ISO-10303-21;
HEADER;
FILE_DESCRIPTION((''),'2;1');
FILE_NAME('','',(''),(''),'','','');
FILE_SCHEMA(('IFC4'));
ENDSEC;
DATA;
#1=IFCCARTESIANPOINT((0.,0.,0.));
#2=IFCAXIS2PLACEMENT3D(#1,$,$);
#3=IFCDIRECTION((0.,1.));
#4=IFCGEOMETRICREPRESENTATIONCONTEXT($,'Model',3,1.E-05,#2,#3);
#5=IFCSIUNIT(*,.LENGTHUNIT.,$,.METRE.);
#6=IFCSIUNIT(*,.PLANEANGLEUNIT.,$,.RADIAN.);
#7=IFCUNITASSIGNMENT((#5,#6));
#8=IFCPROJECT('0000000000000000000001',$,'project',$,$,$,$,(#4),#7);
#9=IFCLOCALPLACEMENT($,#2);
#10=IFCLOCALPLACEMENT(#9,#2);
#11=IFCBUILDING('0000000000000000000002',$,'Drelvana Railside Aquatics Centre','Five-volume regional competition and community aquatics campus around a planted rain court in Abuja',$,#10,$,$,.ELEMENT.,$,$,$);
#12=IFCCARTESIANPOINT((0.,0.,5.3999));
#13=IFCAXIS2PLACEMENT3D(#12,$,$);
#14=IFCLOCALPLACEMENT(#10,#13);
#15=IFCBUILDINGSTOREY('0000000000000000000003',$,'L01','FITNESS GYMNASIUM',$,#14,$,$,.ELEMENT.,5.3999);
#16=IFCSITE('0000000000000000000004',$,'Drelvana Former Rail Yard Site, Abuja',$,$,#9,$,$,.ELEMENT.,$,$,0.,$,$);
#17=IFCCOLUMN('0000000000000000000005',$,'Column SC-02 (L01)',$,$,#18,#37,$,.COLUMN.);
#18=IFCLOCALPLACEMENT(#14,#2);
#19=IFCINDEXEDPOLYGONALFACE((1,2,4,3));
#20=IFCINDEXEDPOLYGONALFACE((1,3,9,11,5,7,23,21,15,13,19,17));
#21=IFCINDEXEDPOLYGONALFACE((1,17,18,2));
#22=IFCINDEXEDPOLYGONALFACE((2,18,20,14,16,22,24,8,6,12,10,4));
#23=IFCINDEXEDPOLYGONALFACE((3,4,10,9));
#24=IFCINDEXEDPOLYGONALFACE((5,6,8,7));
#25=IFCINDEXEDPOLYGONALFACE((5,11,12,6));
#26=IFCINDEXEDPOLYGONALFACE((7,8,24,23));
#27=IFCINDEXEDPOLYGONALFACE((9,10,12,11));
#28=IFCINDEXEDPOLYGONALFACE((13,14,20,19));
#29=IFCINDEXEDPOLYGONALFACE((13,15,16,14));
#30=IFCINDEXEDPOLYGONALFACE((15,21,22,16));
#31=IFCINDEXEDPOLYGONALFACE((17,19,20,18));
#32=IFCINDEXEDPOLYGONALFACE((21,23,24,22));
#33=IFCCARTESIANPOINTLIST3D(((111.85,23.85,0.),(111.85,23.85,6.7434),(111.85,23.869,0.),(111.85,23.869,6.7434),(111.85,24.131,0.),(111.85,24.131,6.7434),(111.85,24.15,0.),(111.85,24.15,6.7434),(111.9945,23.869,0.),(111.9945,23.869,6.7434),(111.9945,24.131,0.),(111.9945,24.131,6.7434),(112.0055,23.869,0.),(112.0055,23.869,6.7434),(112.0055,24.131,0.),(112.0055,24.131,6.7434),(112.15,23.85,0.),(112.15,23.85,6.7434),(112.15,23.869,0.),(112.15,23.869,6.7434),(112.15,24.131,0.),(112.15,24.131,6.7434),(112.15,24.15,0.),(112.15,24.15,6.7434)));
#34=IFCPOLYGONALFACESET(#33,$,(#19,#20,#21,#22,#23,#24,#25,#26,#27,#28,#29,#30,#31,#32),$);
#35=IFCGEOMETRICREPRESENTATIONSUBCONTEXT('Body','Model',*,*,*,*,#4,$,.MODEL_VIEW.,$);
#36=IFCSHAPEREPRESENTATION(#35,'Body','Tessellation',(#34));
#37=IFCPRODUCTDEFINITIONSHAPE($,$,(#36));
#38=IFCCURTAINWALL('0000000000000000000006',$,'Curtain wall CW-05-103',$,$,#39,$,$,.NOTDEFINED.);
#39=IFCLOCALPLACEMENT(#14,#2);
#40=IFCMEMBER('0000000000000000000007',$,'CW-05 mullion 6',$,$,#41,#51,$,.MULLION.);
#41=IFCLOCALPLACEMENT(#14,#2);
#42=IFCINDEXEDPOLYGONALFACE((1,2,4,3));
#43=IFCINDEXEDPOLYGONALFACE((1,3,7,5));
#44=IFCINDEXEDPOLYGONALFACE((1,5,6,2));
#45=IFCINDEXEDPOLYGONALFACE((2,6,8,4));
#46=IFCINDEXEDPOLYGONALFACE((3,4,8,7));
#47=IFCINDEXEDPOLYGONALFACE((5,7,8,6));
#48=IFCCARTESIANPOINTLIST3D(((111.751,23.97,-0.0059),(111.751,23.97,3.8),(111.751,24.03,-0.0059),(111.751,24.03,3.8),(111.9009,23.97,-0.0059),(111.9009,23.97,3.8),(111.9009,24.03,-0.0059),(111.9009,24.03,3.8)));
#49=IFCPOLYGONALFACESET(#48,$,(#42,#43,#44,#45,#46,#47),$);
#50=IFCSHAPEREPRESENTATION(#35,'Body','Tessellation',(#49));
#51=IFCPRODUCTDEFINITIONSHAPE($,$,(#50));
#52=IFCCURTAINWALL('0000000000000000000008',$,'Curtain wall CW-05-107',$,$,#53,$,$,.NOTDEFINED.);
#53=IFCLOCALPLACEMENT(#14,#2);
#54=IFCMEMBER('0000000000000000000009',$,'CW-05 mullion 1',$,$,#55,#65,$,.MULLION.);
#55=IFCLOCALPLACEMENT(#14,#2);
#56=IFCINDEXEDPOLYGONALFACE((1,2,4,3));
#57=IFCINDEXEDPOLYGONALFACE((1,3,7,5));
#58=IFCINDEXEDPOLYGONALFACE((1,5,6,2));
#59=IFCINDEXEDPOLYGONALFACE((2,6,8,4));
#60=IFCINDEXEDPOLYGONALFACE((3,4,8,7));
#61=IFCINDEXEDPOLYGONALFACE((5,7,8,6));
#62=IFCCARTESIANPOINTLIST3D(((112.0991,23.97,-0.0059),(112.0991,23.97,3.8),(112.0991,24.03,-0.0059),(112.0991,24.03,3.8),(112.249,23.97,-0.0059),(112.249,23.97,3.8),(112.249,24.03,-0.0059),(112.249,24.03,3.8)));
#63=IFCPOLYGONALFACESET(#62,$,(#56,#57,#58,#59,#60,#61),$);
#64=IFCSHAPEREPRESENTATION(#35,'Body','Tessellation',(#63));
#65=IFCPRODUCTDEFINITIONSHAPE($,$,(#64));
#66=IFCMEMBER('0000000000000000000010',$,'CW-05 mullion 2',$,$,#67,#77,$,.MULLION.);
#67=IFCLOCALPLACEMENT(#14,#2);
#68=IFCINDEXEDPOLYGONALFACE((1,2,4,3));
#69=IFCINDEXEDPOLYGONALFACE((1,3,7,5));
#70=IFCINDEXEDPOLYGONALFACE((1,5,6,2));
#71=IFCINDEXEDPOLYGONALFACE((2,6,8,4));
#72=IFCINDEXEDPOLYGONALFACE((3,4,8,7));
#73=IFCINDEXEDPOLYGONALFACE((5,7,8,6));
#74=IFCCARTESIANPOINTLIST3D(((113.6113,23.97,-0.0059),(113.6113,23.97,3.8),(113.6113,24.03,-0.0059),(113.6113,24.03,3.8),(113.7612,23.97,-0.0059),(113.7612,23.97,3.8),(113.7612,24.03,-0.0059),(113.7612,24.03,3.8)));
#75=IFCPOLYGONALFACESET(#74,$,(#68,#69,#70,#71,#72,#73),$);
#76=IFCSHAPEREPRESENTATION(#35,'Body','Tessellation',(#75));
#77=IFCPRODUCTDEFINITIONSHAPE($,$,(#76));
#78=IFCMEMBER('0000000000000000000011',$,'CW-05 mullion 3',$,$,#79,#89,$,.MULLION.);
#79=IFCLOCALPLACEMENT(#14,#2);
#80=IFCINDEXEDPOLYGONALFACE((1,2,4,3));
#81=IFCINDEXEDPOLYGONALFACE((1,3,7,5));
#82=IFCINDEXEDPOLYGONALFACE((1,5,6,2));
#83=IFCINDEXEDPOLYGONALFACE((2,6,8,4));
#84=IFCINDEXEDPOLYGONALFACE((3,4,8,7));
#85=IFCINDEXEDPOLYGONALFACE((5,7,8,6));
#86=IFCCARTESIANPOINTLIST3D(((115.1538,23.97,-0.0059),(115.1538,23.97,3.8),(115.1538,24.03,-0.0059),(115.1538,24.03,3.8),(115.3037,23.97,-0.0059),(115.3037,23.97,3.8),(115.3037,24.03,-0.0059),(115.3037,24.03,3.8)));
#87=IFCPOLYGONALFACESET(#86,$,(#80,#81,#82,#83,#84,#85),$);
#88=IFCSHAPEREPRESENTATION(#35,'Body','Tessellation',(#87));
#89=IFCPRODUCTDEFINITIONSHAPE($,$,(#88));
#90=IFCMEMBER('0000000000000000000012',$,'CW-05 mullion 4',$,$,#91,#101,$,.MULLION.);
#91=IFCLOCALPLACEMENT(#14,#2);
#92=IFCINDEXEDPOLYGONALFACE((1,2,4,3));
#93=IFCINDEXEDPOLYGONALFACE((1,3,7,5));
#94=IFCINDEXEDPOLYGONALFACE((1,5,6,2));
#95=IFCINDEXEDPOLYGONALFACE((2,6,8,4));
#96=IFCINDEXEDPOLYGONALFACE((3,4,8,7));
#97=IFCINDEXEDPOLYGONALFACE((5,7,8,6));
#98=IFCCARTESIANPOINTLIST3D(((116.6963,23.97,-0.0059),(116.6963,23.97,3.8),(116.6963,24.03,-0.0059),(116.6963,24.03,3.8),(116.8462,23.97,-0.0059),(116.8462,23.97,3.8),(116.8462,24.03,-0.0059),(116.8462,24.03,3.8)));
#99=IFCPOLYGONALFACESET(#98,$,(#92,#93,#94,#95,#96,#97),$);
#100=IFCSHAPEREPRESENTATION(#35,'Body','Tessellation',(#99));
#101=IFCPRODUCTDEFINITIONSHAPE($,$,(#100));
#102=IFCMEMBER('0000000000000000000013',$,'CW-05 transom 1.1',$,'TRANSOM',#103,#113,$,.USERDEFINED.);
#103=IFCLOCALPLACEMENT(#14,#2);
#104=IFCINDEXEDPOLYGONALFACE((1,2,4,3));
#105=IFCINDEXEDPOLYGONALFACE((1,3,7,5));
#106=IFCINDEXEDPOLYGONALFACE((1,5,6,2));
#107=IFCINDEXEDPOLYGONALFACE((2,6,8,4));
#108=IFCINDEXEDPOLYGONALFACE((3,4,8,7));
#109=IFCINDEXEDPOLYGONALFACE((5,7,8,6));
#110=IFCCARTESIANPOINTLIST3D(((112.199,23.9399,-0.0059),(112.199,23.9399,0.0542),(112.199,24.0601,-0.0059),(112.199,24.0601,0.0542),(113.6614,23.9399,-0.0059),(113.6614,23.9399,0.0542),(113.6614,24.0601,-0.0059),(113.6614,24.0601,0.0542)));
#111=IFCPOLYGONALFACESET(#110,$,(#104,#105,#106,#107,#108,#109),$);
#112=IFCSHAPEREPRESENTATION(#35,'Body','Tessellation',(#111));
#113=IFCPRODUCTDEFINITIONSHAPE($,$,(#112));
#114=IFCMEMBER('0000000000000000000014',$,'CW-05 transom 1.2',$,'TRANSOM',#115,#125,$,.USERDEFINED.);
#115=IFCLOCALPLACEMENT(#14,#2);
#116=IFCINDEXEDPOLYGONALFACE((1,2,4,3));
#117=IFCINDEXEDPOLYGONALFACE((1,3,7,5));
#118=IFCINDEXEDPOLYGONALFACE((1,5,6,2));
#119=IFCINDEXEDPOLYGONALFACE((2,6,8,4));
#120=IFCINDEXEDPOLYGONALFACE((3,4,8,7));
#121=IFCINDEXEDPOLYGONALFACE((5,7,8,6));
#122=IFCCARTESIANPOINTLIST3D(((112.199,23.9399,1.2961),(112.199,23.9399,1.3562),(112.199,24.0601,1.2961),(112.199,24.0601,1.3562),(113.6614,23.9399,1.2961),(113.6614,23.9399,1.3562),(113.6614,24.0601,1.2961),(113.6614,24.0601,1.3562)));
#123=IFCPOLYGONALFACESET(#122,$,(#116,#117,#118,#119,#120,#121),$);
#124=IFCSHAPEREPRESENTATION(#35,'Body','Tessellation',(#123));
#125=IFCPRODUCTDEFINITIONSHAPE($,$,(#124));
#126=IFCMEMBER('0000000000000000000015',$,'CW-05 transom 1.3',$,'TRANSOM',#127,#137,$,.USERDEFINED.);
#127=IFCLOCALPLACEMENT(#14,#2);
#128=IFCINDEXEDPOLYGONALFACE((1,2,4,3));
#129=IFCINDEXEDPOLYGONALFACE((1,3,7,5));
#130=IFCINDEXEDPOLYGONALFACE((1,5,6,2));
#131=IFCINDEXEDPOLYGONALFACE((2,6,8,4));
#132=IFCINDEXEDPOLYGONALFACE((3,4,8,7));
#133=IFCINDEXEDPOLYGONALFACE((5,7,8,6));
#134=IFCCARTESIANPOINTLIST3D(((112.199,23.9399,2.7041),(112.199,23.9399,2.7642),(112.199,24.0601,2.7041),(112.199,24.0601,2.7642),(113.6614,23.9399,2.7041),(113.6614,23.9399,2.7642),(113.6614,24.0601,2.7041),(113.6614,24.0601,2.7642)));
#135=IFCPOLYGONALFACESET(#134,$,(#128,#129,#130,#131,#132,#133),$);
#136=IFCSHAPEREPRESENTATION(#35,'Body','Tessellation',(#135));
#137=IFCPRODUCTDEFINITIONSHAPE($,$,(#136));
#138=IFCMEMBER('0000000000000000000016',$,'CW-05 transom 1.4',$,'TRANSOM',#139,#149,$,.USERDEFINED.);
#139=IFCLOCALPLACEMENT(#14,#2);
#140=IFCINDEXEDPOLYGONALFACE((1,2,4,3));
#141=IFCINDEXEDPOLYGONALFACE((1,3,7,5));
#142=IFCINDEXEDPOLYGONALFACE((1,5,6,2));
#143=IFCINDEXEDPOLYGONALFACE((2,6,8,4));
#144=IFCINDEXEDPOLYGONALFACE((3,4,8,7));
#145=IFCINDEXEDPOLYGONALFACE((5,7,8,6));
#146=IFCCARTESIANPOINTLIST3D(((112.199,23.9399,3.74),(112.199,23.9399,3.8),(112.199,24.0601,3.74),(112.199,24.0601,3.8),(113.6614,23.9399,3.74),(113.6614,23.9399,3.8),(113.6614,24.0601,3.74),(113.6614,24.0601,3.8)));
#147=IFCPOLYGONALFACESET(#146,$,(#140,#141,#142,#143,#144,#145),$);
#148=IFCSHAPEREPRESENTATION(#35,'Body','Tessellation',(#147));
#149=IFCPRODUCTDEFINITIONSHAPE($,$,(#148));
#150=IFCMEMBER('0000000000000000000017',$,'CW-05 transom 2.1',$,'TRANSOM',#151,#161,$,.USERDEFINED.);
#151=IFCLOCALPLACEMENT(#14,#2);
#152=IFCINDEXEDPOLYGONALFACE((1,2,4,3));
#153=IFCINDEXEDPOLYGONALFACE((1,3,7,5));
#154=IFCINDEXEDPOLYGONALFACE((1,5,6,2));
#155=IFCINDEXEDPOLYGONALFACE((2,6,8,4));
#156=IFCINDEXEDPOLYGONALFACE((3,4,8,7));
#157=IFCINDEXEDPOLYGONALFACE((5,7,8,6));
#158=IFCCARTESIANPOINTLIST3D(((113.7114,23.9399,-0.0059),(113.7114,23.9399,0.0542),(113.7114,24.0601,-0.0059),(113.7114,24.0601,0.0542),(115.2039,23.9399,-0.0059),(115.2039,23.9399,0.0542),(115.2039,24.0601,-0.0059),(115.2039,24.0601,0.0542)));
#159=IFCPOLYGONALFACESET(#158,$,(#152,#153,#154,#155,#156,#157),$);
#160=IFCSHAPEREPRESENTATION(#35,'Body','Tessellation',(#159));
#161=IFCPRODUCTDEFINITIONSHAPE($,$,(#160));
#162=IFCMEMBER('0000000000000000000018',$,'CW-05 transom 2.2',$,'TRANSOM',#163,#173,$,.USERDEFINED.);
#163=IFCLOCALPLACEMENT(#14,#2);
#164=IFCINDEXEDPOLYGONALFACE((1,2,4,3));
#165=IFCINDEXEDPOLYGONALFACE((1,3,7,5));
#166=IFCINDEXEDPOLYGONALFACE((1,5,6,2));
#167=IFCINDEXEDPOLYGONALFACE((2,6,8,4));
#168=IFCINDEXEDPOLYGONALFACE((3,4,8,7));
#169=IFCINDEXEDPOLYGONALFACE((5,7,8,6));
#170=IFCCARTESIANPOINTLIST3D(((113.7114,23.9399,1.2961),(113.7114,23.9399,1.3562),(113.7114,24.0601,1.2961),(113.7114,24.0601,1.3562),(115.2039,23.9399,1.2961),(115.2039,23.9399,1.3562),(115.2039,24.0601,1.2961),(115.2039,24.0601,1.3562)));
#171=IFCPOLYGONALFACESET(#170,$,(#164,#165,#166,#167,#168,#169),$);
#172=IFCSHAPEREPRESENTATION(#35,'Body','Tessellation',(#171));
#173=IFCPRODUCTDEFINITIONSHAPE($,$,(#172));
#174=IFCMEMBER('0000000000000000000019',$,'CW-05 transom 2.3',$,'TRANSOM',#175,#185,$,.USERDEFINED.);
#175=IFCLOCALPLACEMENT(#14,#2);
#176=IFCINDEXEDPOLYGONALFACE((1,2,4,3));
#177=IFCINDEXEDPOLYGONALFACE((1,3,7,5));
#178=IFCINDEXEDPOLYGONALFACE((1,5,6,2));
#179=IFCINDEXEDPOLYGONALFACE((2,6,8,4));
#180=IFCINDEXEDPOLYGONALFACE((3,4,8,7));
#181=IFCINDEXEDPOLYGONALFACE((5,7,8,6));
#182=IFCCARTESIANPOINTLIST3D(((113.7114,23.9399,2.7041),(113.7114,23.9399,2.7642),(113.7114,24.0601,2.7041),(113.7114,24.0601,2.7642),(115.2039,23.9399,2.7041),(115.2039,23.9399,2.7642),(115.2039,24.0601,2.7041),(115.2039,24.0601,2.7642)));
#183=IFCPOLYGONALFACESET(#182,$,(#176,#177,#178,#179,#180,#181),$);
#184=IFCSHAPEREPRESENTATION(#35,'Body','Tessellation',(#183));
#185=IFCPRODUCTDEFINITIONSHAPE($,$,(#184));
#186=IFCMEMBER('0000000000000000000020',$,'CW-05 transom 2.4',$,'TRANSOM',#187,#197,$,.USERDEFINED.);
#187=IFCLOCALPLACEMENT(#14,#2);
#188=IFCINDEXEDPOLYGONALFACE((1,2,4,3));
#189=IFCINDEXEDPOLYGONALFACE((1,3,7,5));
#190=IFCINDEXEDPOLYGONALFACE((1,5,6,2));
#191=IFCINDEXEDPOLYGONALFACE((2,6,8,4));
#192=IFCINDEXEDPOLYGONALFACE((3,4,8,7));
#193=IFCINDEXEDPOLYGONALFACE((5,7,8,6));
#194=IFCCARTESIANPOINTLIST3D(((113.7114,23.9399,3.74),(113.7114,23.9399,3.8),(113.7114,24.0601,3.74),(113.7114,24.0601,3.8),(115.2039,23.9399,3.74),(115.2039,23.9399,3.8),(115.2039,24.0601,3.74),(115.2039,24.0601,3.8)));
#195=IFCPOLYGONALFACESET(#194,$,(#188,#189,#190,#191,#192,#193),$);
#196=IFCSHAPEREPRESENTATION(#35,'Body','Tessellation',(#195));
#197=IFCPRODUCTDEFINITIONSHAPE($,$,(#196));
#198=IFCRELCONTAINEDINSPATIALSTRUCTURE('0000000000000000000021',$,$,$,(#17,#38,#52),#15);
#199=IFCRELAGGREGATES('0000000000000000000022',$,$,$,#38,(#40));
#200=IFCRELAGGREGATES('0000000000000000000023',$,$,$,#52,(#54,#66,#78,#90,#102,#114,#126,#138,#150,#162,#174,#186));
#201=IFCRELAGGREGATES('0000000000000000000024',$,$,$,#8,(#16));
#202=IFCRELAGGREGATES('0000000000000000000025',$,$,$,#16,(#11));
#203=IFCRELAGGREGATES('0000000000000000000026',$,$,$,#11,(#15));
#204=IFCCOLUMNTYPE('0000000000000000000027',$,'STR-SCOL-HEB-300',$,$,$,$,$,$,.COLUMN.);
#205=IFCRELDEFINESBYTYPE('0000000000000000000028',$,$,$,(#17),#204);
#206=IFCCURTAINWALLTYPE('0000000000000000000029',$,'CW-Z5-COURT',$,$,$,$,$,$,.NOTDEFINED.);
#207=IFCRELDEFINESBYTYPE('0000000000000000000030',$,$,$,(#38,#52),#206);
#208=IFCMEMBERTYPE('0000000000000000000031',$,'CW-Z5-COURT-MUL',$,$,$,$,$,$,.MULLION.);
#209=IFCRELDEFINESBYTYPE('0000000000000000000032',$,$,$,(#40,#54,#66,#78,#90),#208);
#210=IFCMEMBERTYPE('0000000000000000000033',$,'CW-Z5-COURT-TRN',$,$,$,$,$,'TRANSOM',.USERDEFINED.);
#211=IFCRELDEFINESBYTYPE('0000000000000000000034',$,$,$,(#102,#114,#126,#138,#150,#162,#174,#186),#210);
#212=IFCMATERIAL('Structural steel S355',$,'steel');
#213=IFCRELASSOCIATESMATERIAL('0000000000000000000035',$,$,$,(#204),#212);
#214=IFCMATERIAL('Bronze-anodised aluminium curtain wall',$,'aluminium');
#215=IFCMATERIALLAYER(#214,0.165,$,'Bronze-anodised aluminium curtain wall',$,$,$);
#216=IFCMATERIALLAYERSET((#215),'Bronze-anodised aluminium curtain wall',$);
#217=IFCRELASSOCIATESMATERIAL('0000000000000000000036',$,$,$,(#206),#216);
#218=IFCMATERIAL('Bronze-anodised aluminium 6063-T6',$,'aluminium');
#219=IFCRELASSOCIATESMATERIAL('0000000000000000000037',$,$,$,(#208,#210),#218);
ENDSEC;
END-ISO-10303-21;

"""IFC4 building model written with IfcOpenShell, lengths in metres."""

from ifc_helpers import new_model, si_unit, direction, frame, origin, origin_2d, place, context, subcontext, project, spatial, rectangle, i_section, extrude, material, layer, layer_set, material_profile, profile_set, type_object, element, aggregate, save


model = new_model("IFC4")

# Units and contexts
model_context = context("Model", 3, precision=1e-05, world=origin(), true_north=direction((0.0, 1.0)))
body_context = subcontext(model_context, "Body", "Model", "MODEL_VIEW")
ifc_project = project(units=[si_unit("LENGTHUNIT", "METRE"), si_unit("PLANEANGLEUNIT", "RADIAN")], contexts=[model_context])

# Site, building, storey
site_placement = place(None, origin())
site = spatial("IfcSite", under=ifc_project, at=site_placement, Name="Drelvana Former Rail Yard Site, Abuja", CompositionType="ELEMENT", RefElevation=0.0)
building_placement = place(site_placement, origin())
building = spatial("IfcBuilding", under=site, at=building_placement, Name="Drelvana Railside Aquatics Centre", Description="Five-volume regional competition and community aquatics campus around a planted rain court in Abuja", CompositionType="ELEMENT")
storey_placement = place(building_placement, frame((0.0, 0.0, 5.3999)))
storey = spatial("IfcBuildingStorey", under=building, at=storey_placement, Name="L01", Description="FITNESS GYMNASIUM", CompositionType="ELEMENT", Elevation=5.3999)

# Column
ifc_material_1 = material(Name="Structural steel S355", Category="steel")
ifc_material_profile_1 = material_profile(ifc_material_1, i_section(OverallWidth=0.3, OverallDepth=0.3, WebThickness=0.011, FlangeThickness=0.019, at=origin_2d()), Name="HEB 300")
ifc_profile_set_1 = profile_set([ifc_material_profile_1], Name="Structural steel S355")
column_type = type_object("IfcColumnType", Name="STR-SCOL-HEB-300", PredefinedType="COLUMN", material=ifc_profile_set_1)
column_placement = place(storey_placement, frame((112.0, 24.0, 0.0), z_axis=(0.0, 0.0, 1.0), x_axis=(1.0, 0.0, 0.0)))
element("IfcColumn", 1, at=column_placement, inside=storey, type_object=column_type, Name="Column SC-02 (L01)", PredefinedType="COLUMN", context=body_context, shape_type="SweptSolid", body=[
    extrude(i_section(OverallWidth=0.3, OverallDepth=0.3, WebThickness=0.011, FlangeThickness=0.019, at=origin_2d()), origin(), (0.0, 0.0, 1.0), 6.7434),
])

# Curtain wall, member
ifc_material_2 = material(Name="Bronze-anodised aluminium curtain wall", Category="aluminium")
ifc_layer_1 = layer(ifc_material_2, 0.165, Name="Bronze-anodised aluminium curtain wall")
ifc_layer_set_1 = layer_set([ifc_layer_1], Name="Bronze-anodised aluminium curtain wall")
curtain_wall_type = type_object("IfcCurtainWallType", Name="CW-Z5-COURT", PredefinedType="NOTDEFINED", material=ifc_layer_set_1)
curtain_wall_1_placement = place(storey_placement, origin())
curtain_wall_1 = element("IfcCurtainWall", 2, at=curtain_wall_1_placement, inside=storey, type_object=curtain_wall_type, Name="Curtain wall CW-05-103", PredefinedType="NOTDEFINED")
ifc_material_3 = material(Name="Bronze-anodised aluminium 6063-T6", Category="aluminium")
ifc_material_profile_2 = material_profile(ifc_material_3, rectangle(XDim=0.0601, YDim=0.1499, at=origin_2d()), Name="ALU-M 60x150")
ifc_profile_set_2 = profile_set([ifc_material_profile_2], Name="Bronze-anodised aluminium 6063-T6")
member_type_1 = type_object("IfcMemberType", Name="CW-Z5-COURT-MUL", PredefinedType="MULLION", material=ifc_profile_set_2)
member_1_placement = place(storey_placement, frame((111.8259, 24.0, -0.0059), z_axis=(0.0, 0.0, 1.0), x_axis=(0.0, 1.0, 0.0)))
member_1 = element("IfcMember", 3, at=member_1_placement, type_object=member_type_1, Name="CW-05 mullion 6", PredefinedType="MULLION", context=body_context, shape_type="SweptSolid", body=[
    extrude(rectangle(XDim=0.0601, YDim=0.1499, at=origin_2d()), origin(), (0.0, 0.0, 1.0), 3.8059),
])

# Curtain wall, members
curtain_wall_2_placement = place(storey_placement, origin())
curtain_wall_2 = element("IfcCurtainWall", 4, at=curtain_wall_2_placement, inside=storey, type_object=curtain_wall_type, Name="Curtain wall CW-05-107", PredefinedType="NOTDEFINED")
member_2_placement = place(storey_placement, frame((112.1741, 24.0, -0.0059), z_axis=(0.0, 0.0, 1.0), x_axis=(0.0, 1.0, 0.0)))
member_2 = element("IfcMember", 5, at=member_2_placement, type_object=member_type_1, Name="CW-05 mullion 1", PredefinedType="MULLION", context=body_context, shape_type="SweptSolid", body=[
    extrude(rectangle(XDim=0.0601, YDim=0.1499, at=origin_2d()), origin(), (0.0, 0.0, 1.0), 3.8059),
])
member_3_placement = place(storey_placement, frame((113.6863, 24.0, -0.0059), z_axis=(0.0, 0.0, 1.0), x_axis=(0.0, 1.0, 0.0)))
member_3 = element("IfcMember", 6, at=member_3_placement, type_object=member_type_1, Name="CW-05 mullion 2", PredefinedType="MULLION", context=body_context, shape_type="SweptSolid", body=[
    extrude(rectangle(XDim=0.0601, YDim=0.1499, at=origin_2d()), origin(), (0.0, 0.0, 1.0), 3.8059),
])
member_4_placement = place(storey_placement, frame((115.2288, 24.0, -0.0059), z_axis=(0.0, 0.0, 1.0), x_axis=(0.0, 1.0, 0.0)))
member_4 = element("IfcMember", 7, at=member_4_placement, type_object=member_type_1, Name="CW-05 mullion 3", PredefinedType="MULLION", context=body_context, shape_type="SweptSolid", body=[
    extrude(rectangle(XDim=0.0601, YDim=0.1499, at=origin_2d()), origin(), (0.0, 0.0, 1.0), 3.8059),
])
member_5_placement = place(storey_placement, frame((116.7712, 24.0, -0.0059), z_axis=(0.0, 0.0, 1.0), x_axis=(0.0, 1.0, 0.0)))
member_5 = element("IfcMember", 8, at=member_5_placement, type_object=member_type_1, Name="CW-05 mullion 4", PredefinedType="MULLION", context=body_context, shape_type="SweptSolid", body=[
    extrude(rectangle(XDim=0.0601, YDim=0.1499, at=origin_2d()), origin(), (0.0, 0.0, 1.0), 3.8059),
])
ifc_material_profile_3 = material_profile(ifc_material_3, rectangle(XDim=0.1201, YDim=0.0601, at=origin_2d()), Name="ALU-T 60x120")
ifc_profile_set_3 = profile_set([ifc_material_profile_3], Name="Bronze-anodised aluminium 6063-T6")
member_type_2 = type_object("IfcMemberType", Name="CW-Z5-COURT-TRN", ElementType="TRANSOM", PredefinedType="USERDEFINED", material=ifc_profile_set_3)
member_6_placement = place(storey_placement, frame((112.199, 24.0, 0.0242), z_axis=(1.0, 0.0, 0.0), x_axis=(0.0, 1.0, 0.0)))
member_6 = element("IfcMember", 9, at=member_6_placement, type_object=member_type_2, Name="CW-05 transom 1.1", ObjectType="TRANSOM", PredefinedType="USERDEFINED", context=body_context, shape_type="SweptSolid", body=[
    extrude(rectangle(XDim=0.1201, YDim=0.0601, at=origin_2d()), origin(), (0.0, 0.0, 1.0), 1.4624),
])
member_7_placement = place(storey_placement, frame((112.199, 24.0, 1.3262), z_axis=(1.0, 0.0, 0.0), x_axis=(0.0, 1.0, 0.0)))
member_7 = element("IfcMember", 10, at=member_7_placement, type_object=member_type_2, Name="CW-05 transom 1.2", ObjectType="TRANSOM", PredefinedType="USERDEFINED", context=body_context, shape_type="SweptSolid", body=[
    extrude(rectangle(XDim=0.1201, YDim=0.0601, at=origin_2d()), origin(), (0.0, 0.0, 1.0), 1.4624),
])
member_8_placement = place(storey_placement, frame((112.199, 24.0, 2.7341), z_axis=(1.0, 0.0, 0.0), x_axis=(0.0, 1.0, 0.0)))
member_8 = element("IfcMember", 11, at=member_8_placement, type_object=member_type_2, Name="CW-05 transom 1.3", ObjectType="TRANSOM", PredefinedType="USERDEFINED", context=body_context, shape_type="SweptSolid", body=[
    extrude(rectangle(XDim=0.1201, YDim=0.0601, at=origin_2d()), origin(), (0.0, 0.0, 1.0), 1.4624),
])
member_9_placement = place(storey_placement, frame((112.199, 24.0, 3.77), z_axis=(1.0, 0.0, 0.0), x_axis=(0.0, 1.0, 0.0)))
member_9 = element("IfcMember", 12, at=member_9_placement, type_object=member_type_2, Name="CW-05 transom 1.4", ObjectType="TRANSOM", PredefinedType="USERDEFINED", context=body_context, shape_type="SweptSolid", body=[
    extrude(rectangle(XDim=0.1201, YDim=0.0601, at=origin_2d()), origin(), (0.0, 0.0, 1.0), 1.4624),
])
member_10_placement = place(storey_placement, frame((113.7114, 24.0, 0.0242), z_axis=(1.0, 0.0, 0.0), x_axis=(0.0, 1.0, 0.0)))
member_10 = element("IfcMember", 13, at=member_10_placement, type_object=member_type_2, Name="CW-05 transom 2.1", ObjectType="TRANSOM", PredefinedType="USERDEFINED", context=body_context, shape_type="SweptSolid", body=[
    extrude(rectangle(XDim=0.1201, YDim=0.0601, at=origin_2d()), origin(), (0.0, 0.0, 1.0), 1.4924),
])
member_11_placement = place(storey_placement, frame((113.7114, 24.0, 1.3262), z_axis=(1.0, 0.0, 0.0), x_axis=(0.0, 1.0, 0.0)))
member_11 = element("IfcMember", 14, at=member_11_placement, type_object=member_type_2, Name="CW-05 transom 2.2", ObjectType="TRANSOM", PredefinedType="USERDEFINED", context=body_context, shape_type="SweptSolid", body=[
    extrude(rectangle(XDim=0.1201, YDim=0.0601, at=origin_2d()), origin(), (0.0, 0.0, 1.0), 1.4924),
])
member_12_placement = place(storey_placement, frame((113.7114, 24.0, 2.7341), z_axis=(1.0, 0.0, 0.0), x_axis=(0.0, 1.0, 0.0)))
member_12 = element("IfcMember", 15, at=member_12_placement, type_object=member_type_2, Name="CW-05 transom 2.3", ObjectType="TRANSOM", PredefinedType="USERDEFINED", context=body_context, shape_type="SweptSolid", body=[
    extrude(rectangle(XDim=0.1201, YDim=0.0601, at=origin_2d()), origin(), (0.0, 0.0, 1.0), 1.4924),
])
member_13_placement = place(storey_placement, frame((113.7114, 24.0, 3.77), z_axis=(1.0, 0.0, 0.0), x_axis=(0.0, 1.0, 0.0)))
member_13 = element("IfcMember", 16, at=member_13_placement, type_object=member_type_2, Name="CW-05 transom 2.4", ObjectType="TRANSOM", PredefinedType="USERDEFINED", context=body_context, shape_type="SweptSolid", body=[
    extrude(rectangle(XDim=0.1201, YDim=0.0601, at=origin_2d()), origin(), (0.0, 0.0, 1.0), 1.4924),
])

aggregate(curtain_wall_1, [member_1])
aggregate(curtain_wall_2, [member_2, member_3, member_4, member_5, member_6, member_7, member_8, member_9, member_10, member_11, member_12, member_13])

save(model, "model.ifc")
